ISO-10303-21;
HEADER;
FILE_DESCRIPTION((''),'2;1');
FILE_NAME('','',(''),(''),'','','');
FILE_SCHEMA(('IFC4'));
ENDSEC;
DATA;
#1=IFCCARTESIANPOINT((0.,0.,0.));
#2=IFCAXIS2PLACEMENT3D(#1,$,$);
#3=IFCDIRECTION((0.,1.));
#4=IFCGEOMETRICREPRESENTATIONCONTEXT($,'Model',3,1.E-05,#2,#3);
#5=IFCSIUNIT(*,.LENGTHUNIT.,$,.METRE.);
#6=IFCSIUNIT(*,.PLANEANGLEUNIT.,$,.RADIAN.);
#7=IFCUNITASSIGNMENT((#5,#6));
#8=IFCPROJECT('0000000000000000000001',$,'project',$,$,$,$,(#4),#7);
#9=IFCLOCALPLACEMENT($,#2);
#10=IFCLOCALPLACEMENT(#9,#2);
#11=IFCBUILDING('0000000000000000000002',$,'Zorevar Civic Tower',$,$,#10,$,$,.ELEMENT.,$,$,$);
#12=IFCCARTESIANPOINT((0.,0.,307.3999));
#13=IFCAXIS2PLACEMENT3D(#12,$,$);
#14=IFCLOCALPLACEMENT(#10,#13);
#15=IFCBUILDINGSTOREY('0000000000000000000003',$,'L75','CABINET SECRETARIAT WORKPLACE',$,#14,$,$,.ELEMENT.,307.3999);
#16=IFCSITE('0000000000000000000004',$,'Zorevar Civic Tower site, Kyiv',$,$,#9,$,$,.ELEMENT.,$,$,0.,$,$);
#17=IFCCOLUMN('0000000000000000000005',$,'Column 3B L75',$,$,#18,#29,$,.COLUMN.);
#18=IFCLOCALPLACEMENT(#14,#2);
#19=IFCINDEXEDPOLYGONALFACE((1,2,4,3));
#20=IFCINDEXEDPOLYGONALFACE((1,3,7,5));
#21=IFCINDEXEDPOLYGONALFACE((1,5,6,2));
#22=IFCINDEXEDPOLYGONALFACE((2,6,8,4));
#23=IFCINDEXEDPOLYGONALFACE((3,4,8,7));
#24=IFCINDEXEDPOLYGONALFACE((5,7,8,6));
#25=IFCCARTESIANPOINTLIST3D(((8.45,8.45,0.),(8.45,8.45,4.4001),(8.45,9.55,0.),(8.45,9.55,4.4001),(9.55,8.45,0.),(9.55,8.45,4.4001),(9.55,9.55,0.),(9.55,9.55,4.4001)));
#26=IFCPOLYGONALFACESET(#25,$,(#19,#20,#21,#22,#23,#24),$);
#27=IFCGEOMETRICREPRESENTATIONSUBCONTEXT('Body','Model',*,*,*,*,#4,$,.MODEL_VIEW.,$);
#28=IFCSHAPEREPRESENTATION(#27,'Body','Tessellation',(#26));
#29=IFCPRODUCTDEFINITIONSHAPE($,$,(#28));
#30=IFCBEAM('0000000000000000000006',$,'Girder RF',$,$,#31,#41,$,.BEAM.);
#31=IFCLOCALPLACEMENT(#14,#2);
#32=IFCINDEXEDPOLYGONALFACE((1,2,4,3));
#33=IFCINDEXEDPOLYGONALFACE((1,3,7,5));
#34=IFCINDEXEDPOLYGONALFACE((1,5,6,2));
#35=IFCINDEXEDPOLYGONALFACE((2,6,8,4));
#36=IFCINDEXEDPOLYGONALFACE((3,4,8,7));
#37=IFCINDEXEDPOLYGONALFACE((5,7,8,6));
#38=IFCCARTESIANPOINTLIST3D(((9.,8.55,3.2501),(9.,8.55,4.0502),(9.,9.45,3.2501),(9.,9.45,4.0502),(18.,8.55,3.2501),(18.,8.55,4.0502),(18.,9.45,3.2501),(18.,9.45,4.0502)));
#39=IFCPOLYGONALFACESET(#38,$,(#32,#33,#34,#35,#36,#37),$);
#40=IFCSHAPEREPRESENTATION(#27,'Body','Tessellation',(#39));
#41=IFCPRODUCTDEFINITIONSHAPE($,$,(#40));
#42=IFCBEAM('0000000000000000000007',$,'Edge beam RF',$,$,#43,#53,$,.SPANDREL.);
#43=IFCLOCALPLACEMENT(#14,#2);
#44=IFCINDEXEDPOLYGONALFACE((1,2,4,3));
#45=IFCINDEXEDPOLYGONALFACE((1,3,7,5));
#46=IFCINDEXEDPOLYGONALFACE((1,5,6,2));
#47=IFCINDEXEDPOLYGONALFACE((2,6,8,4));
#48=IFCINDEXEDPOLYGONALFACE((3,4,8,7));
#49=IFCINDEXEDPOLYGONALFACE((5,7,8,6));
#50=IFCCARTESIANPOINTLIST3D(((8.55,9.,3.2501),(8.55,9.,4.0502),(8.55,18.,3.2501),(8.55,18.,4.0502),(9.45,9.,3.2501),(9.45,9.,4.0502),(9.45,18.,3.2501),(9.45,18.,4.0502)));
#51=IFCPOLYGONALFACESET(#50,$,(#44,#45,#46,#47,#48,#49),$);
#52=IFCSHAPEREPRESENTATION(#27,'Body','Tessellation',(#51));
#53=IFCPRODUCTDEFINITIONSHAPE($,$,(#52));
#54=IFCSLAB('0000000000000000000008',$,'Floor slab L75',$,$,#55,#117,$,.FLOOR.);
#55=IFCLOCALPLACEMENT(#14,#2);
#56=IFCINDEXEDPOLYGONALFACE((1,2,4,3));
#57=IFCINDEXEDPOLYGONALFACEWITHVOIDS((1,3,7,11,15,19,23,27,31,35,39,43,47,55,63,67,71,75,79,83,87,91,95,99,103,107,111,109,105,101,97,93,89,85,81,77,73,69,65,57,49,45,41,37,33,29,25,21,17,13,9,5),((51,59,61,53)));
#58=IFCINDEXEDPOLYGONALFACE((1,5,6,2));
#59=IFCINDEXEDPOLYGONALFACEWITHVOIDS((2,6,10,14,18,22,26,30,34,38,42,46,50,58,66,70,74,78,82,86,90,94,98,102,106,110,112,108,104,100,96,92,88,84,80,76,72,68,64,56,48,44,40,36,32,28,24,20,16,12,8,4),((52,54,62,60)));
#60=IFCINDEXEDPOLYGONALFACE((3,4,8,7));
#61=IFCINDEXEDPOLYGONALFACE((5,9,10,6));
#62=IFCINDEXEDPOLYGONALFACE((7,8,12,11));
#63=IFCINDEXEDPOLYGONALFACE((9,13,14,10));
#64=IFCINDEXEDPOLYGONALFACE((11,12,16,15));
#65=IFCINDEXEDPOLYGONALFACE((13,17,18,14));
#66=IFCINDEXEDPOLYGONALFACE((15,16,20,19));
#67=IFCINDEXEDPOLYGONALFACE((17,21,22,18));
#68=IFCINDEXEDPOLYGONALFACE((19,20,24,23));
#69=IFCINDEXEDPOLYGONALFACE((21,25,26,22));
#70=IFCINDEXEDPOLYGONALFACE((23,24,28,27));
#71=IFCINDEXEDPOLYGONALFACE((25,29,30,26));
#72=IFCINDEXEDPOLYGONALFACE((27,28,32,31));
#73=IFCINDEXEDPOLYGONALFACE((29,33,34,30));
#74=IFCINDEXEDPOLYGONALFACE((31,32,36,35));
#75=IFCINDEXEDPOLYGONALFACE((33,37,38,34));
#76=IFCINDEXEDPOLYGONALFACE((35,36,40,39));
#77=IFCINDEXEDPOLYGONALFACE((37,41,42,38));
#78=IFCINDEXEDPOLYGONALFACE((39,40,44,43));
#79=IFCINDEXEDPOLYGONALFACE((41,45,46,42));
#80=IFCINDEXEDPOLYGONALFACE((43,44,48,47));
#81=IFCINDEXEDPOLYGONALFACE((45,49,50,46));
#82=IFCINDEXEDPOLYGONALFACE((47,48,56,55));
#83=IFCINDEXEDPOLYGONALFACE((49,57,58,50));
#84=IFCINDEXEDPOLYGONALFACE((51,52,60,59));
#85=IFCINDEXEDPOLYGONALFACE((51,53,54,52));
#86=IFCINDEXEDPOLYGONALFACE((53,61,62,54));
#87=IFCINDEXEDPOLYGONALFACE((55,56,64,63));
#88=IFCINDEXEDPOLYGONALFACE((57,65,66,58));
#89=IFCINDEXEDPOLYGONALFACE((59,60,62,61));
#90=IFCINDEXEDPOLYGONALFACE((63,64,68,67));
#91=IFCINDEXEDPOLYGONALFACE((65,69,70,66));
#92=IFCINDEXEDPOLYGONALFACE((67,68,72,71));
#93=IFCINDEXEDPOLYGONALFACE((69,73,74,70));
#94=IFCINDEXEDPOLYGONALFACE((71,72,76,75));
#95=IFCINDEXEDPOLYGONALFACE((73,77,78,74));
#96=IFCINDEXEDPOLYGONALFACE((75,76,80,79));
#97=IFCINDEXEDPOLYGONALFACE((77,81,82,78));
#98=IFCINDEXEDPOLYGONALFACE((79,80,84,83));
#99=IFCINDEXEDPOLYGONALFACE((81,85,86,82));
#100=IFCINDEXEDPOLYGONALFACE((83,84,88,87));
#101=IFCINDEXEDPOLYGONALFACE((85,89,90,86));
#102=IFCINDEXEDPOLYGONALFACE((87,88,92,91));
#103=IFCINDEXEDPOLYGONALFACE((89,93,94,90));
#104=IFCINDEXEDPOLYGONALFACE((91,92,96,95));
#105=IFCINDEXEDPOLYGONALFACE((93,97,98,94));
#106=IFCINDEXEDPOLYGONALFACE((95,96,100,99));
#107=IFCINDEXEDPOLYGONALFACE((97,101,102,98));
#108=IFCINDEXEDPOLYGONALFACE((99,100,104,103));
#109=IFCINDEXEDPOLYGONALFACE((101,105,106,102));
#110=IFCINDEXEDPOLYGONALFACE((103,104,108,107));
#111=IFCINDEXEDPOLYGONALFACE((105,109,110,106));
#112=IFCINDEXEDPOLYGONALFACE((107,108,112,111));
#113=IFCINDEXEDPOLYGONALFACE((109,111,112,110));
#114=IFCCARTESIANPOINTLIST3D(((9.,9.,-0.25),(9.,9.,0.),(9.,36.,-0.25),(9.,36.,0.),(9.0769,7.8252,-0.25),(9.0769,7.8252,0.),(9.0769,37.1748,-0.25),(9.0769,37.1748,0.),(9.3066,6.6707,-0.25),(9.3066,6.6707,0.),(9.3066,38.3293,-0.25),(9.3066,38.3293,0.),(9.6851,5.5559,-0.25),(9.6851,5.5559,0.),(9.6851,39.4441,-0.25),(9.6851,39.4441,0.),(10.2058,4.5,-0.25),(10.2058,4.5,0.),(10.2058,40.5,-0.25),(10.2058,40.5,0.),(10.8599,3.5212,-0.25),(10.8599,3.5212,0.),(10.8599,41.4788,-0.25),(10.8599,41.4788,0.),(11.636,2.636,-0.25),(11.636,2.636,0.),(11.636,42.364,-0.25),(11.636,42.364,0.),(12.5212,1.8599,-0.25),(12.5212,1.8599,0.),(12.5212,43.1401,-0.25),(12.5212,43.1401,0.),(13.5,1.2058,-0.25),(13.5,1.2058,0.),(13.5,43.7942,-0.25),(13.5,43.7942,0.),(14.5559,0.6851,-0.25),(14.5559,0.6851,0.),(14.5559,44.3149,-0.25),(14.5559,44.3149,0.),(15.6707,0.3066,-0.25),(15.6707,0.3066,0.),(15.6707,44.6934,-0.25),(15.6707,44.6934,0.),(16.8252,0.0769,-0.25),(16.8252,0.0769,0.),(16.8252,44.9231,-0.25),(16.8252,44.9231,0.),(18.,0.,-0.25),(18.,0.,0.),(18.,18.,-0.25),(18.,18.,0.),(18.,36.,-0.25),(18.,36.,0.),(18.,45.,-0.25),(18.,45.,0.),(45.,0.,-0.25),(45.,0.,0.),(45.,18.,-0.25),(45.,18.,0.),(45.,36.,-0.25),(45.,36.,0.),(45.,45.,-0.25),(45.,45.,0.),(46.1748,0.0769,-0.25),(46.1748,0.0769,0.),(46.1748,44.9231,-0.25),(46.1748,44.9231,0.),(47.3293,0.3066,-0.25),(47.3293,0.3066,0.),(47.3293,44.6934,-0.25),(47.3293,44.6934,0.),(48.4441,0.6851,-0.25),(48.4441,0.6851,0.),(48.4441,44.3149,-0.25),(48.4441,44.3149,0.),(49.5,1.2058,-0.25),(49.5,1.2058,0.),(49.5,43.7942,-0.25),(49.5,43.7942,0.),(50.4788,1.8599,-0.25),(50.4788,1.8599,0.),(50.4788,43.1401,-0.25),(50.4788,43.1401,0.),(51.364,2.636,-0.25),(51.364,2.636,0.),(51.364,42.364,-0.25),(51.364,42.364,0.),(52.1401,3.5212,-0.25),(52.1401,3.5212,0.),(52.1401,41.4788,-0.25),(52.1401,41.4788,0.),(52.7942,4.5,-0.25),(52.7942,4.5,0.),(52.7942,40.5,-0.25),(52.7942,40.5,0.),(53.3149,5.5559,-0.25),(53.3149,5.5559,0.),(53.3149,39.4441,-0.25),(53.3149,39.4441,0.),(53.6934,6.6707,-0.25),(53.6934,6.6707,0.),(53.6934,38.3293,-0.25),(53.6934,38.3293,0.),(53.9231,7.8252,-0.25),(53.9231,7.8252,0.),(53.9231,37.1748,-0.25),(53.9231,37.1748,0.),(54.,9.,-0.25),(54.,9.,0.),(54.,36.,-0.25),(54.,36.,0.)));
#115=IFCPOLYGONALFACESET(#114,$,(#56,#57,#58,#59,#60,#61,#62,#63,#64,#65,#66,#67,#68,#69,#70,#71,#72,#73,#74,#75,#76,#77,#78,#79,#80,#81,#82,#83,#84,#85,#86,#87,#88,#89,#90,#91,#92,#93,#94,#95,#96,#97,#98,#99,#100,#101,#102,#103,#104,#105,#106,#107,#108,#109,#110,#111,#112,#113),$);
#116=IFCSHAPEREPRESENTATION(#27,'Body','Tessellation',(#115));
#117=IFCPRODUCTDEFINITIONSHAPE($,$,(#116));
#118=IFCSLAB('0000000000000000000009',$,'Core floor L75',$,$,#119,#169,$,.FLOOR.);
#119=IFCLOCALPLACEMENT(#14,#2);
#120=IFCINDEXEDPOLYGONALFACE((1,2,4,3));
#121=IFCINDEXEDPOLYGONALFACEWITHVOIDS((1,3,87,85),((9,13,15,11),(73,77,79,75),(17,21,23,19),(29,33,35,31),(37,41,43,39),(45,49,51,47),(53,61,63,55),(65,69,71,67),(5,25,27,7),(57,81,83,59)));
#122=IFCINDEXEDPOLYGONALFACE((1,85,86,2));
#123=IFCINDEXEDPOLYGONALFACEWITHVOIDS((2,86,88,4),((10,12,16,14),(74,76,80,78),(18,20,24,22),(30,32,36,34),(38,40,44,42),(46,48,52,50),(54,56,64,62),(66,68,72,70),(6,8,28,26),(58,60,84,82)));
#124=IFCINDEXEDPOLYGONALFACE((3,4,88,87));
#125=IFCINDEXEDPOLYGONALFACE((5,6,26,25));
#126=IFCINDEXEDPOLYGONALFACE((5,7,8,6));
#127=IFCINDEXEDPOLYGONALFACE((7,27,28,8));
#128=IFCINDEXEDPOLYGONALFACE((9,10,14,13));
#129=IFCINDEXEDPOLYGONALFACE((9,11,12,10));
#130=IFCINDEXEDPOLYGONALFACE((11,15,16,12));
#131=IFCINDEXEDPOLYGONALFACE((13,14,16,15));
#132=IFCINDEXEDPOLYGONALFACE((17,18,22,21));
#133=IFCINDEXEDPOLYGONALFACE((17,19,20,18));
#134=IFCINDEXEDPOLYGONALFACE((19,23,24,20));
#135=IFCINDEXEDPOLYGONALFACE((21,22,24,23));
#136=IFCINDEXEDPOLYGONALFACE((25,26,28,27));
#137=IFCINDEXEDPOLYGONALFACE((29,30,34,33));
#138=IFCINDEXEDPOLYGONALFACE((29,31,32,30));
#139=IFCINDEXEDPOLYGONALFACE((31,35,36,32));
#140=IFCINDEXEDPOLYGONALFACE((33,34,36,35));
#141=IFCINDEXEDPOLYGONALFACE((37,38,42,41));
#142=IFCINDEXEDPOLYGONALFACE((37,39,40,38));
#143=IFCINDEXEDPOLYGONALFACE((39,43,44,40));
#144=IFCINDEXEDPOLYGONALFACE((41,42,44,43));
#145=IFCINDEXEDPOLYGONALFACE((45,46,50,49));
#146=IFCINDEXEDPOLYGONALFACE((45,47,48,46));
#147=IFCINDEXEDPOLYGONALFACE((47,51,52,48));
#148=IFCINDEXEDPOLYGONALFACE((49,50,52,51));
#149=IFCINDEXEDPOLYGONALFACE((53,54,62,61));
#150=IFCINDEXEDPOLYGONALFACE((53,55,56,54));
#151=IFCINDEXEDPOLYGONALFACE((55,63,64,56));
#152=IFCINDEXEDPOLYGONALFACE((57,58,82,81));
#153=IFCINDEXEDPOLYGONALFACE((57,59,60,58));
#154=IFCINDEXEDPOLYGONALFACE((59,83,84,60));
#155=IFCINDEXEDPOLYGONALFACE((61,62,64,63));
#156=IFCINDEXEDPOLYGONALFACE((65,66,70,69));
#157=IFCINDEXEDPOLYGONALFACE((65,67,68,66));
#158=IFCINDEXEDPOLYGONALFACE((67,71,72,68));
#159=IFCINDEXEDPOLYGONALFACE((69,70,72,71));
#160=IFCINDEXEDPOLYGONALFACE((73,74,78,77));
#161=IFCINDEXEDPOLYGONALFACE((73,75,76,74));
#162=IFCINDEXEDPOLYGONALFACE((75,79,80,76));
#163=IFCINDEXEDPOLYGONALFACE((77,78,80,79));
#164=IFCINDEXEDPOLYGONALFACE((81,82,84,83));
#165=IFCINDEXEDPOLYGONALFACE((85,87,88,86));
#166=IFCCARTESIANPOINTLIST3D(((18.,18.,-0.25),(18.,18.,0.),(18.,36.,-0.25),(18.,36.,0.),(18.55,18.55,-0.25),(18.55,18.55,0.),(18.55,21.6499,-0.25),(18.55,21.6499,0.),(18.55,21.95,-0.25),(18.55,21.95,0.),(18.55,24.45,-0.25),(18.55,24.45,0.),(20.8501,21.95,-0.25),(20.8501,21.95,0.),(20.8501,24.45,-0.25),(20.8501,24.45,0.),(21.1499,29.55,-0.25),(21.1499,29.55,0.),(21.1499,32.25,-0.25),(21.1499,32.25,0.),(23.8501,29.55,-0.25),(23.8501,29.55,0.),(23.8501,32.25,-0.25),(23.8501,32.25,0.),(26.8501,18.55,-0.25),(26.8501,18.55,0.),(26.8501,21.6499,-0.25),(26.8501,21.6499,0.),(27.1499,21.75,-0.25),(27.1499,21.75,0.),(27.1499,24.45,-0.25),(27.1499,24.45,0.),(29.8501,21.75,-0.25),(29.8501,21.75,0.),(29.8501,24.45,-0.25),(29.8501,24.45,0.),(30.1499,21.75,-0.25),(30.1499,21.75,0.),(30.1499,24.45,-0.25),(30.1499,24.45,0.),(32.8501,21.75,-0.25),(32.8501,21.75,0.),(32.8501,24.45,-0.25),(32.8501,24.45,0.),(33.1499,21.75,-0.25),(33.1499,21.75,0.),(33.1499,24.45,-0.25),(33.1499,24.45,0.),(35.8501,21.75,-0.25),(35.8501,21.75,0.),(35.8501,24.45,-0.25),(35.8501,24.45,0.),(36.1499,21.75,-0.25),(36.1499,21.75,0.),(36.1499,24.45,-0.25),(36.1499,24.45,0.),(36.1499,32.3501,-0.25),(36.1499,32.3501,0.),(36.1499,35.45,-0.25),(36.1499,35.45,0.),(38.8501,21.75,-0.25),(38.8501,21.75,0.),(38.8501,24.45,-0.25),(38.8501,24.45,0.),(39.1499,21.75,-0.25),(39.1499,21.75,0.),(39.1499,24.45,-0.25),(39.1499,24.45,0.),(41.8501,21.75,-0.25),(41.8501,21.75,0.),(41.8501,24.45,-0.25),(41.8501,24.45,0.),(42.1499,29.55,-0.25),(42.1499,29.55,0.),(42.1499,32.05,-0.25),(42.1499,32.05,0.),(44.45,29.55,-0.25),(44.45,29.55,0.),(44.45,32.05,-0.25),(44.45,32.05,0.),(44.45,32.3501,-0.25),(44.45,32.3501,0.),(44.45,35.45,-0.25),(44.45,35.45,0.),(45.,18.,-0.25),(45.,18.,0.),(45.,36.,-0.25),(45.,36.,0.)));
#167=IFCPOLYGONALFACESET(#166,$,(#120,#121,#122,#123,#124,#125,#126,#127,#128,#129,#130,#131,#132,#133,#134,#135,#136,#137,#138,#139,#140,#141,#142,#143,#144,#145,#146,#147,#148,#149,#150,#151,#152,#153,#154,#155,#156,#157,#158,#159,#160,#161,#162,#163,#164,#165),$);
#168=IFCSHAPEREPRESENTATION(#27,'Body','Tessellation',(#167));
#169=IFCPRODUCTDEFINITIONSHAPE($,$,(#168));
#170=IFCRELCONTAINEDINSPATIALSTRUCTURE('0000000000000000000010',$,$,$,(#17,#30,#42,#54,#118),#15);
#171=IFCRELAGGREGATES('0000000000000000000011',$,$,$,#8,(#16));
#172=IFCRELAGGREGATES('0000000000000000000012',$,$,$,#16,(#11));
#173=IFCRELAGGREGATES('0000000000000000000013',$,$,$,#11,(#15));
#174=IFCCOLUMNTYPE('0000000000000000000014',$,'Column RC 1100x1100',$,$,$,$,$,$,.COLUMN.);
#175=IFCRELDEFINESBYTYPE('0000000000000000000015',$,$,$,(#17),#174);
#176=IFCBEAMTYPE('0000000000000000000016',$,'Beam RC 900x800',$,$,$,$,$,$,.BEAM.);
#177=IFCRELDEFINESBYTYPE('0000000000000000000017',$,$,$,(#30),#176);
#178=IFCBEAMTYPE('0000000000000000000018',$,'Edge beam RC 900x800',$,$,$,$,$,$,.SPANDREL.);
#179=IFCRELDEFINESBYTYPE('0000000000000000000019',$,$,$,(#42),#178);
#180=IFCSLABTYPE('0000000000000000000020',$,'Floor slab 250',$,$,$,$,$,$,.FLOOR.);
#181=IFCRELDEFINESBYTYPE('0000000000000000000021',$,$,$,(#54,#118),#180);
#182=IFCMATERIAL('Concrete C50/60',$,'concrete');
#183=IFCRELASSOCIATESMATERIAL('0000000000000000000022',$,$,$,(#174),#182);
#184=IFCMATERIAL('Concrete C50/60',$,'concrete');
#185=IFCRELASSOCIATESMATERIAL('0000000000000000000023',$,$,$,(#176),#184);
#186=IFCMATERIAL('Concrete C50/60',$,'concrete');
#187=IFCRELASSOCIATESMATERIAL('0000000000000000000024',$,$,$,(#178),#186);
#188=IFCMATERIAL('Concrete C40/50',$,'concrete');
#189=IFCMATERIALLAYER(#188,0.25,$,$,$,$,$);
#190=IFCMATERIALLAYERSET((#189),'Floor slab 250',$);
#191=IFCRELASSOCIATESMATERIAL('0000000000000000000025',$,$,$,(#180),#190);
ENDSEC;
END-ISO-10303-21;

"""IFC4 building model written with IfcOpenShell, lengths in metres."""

from ifc_helpers import new_model, si_unit, direction, frame, origin, origin_2d, place, context, subcontext, project, spatial, polyline, rectangle, outline, extrude, material, layer, layer_set, material_profile, profile_set, type_object, element, save


model = new_model("IFC4")

# Units and contexts
model_context = context("Model", 3, precision=1e-05, world=origin(), true_north=direction((0.0, 1.0)))
body_context = subcontext(model_context, "Body", "Model", "MODEL_VIEW")
ifc_project = project(units=[si_unit("LENGTHUNIT", "METRE"), si_unit("PLANEANGLEUNIT", "RADIAN")], contexts=[model_context])

# Site, building, storey
site_placement = place(None, origin())
site = spatial("IfcSite", under=ifc_project, at=site_placement, Name="Zorevar Civic Tower site, Kyiv", CompositionType="ELEMENT", RefElevation=0.0)
building_placement = place(site_placement, origin())
building = spatial("IfcBuilding", under=site, at=building_placement, Name="Zorevar Civic Tower", CompositionType="ELEMENT")
storey_placement = place(building_placement, frame((0.0, 0.0, 307.3999)))
storey = spatial("IfcBuildingStorey", under=building, at=storey_placement, Name="L75", Description="CABINET SECRETARIAT WORKPLACE", CompositionType="ELEMENT", Elevation=307.3999)

# Column
ifc_material_1 = material(Name="Concrete C50/60", Category="concrete")
ifc_material_profile_1 = material_profile(ifc_material_1, rectangle(XDim=1.1001, YDim=1.1001, at=origin_2d()), Name="RC 1100x1100")
ifc_profile_set_1 = profile_set([ifc_material_profile_1], Name="Concrete C50/60")
column_type = type_object("IfcColumnType", Name="Column RC 1100x1100", PredefinedType="COLUMN", material=ifc_profile_set_1)
column_placement = place(storey_placement, frame((9.0, 9.0, 0.0), z_axis=(0.0, 0.0, 1.0), x_axis=(1.0, 0.0, 0.0)))
element("IfcColumn", 1, at=column_placement, inside=storey, type_object=column_type, Name="Column 3B L75", PredefinedType="COLUMN", context=body_context, shape_type="SweptSolid", body=[
    extrude(rectangle(XDim=1.1001, YDim=1.1001, at=origin_2d()), origin(), (0.0, 0.0, 1.0), 4.4001),
])

# Beams
ifc_material_2 = material(Name="Concrete C50/60", Category="concrete")
ifc_material_profile_2 = material_profile(ifc_material_2, rectangle(XDim=0.8999, YDim=0.8, at=origin_2d()), Name="RC 900x800")
ifc_profile_set_2 = profile_set([ifc_material_profile_2], Name="Concrete C50/60")
beam_type_1 = type_object("IfcBeamType", Name="Beam RC 900x800", PredefinedType="BEAM", material=ifc_profile_set_2)
beam_1_placement = place(storey_placement, frame((9.0, 9.0, 3.6501), z_axis=(1.0, 0.0, 0.0), x_axis=(0.0, 1.0, 0.0)))
element("IfcBeam", 2, at=beam_1_placement, inside=storey, type_object=beam_type_1, Name="Girder RF", PredefinedType="BEAM", context=body_context, shape_type="SweptSolid", body=[
    extrude(rectangle(XDim=0.8999, YDim=0.8, at=origin_2d()), origin(), (0.0, 0.0, 1.0), 9.0),
])
ifc_material_3 = material(Name="Concrete C50/60", Category="concrete")
ifc_material_profile_3 = material_profile(ifc_material_3, rectangle(XDim=0.8999, YDim=0.8, at=origin_2d()), Name="RC 900x800")
ifc_profile_set_3 = profile_set([ifc_material_profile_3], Name="Concrete C50/60")
beam_type_2 = type_object("IfcBeamType", Name="Edge beam RC 900x800", PredefinedType="SPANDREL", material=ifc_profile_set_3)
beam_2_placement = place(storey_placement, frame((9.0, 9.0, 3.6501), z_axis=(0.0, 1.0, 0.0), x_axis=(-1.0, 0.0, 0.0)))
element("IfcBeam", 3, at=beam_2_placement, inside=storey, type_object=beam_type_2, Name="Edge beam RF", PredefinedType="SPANDREL", context=body_context, shape_type="SweptSolid", body=[
    extrude(rectangle(XDim=0.8999, YDim=0.8, at=origin_2d()), origin(), (0.0, 0.0, 1.0), 9.0),
])

# Slabs
ifc_material_4 = material(Name="Concrete C40/50", Category="concrete")
ifc_layer_1 = layer(ifc_material_4, 0.25)
ifc_layer_set_1 = layer_set([ifc_layer_1], Name="Floor slab 250")
slab_type_1 = type_object("IfcSlabType", Name="Floor slab 250", PredefinedType="FLOOR", material=ifc_layer_set_1)
slab_1_placement = place(storey_placement, frame((0.0, 0.0, -0.25)))
element("IfcSlab", 4, at=slab_1_placement, inside=storey, type_object=slab_type_1, Name="Floor slab L75", PredefinedType="FLOOR", context=body_context, shape_type="SweptSolid", body=[
    extrude(outline(polyline([(45.0, 0.0), (46.1748, 0.0769), (47.3293, 0.3066), (48.4441, 0.6851), (49.5, 1.2058), (50.4788, 1.8599), (51.364, 2.636), (52.1401, 3.5212), (52.7942, 4.5), (53.3149, 5.5559), (53.6934, 6.6707), (53.9231, 7.8252), (54.0, 9.0), (54.0, 36.0), (53.9231, 37.1748), (53.6934, 38.3293), (53.3149, 39.4441), (52.7942, 40.5), (52.1401, 41.4788), (51.364, 42.364), (50.4788, 43.1401), (49.5, 43.7942), (48.4441, 44.3149), (47.3293, 44.6934), (46.1748, 44.9231), (45.0, 45.0), (18.0, 45.0), (16.8252, 44.9231), (15.6707, 44.6934), (14.5559, 44.3149), (13.5, 43.7942), (12.5212, 43.1401), (11.636, 42.364), (10.8599, 41.4788), (10.2058, 40.5), (9.6851, 39.4441), (9.3066, 38.3293), (9.0769, 37.1748), (9.0, 36.0), (9.0, 9.0), (9.0769, 7.8252), (9.3066, 6.6707), (9.6851, 5.5559), (10.2058, 4.5), (10.8599, 3.5212), (11.636, 2.636), (12.5212, 1.8599), (13.5, 1.2058), (14.5559, 0.6851), (15.6707, 0.3066), (16.8252, 0.0769), (18.0, 0.0), (45.0, 0.0)]), holes=[polyline([(18.0, 18.0), (45.0, 18.0), (45.0, 36.0), (18.0, 36.0), (18.0, 18.0)])]), origin(), (0.0, 0.0, 1.0), 0.25),
])
slab_2_placement = place(storey_placement, frame((0.0, 0.0, -0.25)))
element("IfcSlab", 5, at=slab_2_placement, inside=storey, type_object=slab_type_1, Name="Core floor L75", PredefinedType="FLOOR", context=body_context, shape_type="SweptSolid", body=[
    extrude(outline(polyline([(18.0, 18.0), (45.0, 18.0), (45.0, 36.0), (18.0, 36.0), (18.0, 18.0)]), holes=[polyline([(18.55, 18.55), (26.8501, 18.55), (26.8501, 21.6499), (18.55, 21.6499), (18.55, 18.55)]), polyline([(36.1499, 32.3501), (44.45, 32.3501), (44.45, 35.45), (36.1499, 35.45), (36.1499, 32.3501)]), polyline([(18.55, 21.95), (20.8501, 21.95), (20.8501, 24.45), (18.55, 24.45), (18.55, 21.95)]), polyline([(42.1499, 29.55), (44.45, 29.55), (44.45, 32.05), (42.1499, 32.05), (42.1499, 29.55)]), polyline([(27.1499, 21.75), (29.8501, 21.75), (29.8501, 24.45), (27.1499, 24.45), (27.1499, 21.75)]), polyline([(30.1499, 21.75), (32.8501, 21.75), (32.8501, 24.45), (30.1499, 24.45), (30.1499, 21.75)]), polyline([(33.1499, 21.75), (35.8501, 21.75), (35.8501, 24.45), (33.1499, 24.45), (33.1499, 21.75)]), polyline([(36.1499, 21.75), (38.8501, 21.75), (38.8501, 24.45), (36.1499, 24.45), (36.1499, 21.75)]), polyline([(39.1499, 21.75), (41.8501, 21.75), (41.8501, 24.45), (39.1499, 24.45), (39.1499, 21.75)]), polyline([(21.1499, 29.55), (23.8501, 29.55), (23.8501, 32.25), (21.1499, 32.25), (21.1499, 29.55)])]), origin(), (0.0, 0.0, 1.0), 0.25),
])

save(model, "model.ifc")
